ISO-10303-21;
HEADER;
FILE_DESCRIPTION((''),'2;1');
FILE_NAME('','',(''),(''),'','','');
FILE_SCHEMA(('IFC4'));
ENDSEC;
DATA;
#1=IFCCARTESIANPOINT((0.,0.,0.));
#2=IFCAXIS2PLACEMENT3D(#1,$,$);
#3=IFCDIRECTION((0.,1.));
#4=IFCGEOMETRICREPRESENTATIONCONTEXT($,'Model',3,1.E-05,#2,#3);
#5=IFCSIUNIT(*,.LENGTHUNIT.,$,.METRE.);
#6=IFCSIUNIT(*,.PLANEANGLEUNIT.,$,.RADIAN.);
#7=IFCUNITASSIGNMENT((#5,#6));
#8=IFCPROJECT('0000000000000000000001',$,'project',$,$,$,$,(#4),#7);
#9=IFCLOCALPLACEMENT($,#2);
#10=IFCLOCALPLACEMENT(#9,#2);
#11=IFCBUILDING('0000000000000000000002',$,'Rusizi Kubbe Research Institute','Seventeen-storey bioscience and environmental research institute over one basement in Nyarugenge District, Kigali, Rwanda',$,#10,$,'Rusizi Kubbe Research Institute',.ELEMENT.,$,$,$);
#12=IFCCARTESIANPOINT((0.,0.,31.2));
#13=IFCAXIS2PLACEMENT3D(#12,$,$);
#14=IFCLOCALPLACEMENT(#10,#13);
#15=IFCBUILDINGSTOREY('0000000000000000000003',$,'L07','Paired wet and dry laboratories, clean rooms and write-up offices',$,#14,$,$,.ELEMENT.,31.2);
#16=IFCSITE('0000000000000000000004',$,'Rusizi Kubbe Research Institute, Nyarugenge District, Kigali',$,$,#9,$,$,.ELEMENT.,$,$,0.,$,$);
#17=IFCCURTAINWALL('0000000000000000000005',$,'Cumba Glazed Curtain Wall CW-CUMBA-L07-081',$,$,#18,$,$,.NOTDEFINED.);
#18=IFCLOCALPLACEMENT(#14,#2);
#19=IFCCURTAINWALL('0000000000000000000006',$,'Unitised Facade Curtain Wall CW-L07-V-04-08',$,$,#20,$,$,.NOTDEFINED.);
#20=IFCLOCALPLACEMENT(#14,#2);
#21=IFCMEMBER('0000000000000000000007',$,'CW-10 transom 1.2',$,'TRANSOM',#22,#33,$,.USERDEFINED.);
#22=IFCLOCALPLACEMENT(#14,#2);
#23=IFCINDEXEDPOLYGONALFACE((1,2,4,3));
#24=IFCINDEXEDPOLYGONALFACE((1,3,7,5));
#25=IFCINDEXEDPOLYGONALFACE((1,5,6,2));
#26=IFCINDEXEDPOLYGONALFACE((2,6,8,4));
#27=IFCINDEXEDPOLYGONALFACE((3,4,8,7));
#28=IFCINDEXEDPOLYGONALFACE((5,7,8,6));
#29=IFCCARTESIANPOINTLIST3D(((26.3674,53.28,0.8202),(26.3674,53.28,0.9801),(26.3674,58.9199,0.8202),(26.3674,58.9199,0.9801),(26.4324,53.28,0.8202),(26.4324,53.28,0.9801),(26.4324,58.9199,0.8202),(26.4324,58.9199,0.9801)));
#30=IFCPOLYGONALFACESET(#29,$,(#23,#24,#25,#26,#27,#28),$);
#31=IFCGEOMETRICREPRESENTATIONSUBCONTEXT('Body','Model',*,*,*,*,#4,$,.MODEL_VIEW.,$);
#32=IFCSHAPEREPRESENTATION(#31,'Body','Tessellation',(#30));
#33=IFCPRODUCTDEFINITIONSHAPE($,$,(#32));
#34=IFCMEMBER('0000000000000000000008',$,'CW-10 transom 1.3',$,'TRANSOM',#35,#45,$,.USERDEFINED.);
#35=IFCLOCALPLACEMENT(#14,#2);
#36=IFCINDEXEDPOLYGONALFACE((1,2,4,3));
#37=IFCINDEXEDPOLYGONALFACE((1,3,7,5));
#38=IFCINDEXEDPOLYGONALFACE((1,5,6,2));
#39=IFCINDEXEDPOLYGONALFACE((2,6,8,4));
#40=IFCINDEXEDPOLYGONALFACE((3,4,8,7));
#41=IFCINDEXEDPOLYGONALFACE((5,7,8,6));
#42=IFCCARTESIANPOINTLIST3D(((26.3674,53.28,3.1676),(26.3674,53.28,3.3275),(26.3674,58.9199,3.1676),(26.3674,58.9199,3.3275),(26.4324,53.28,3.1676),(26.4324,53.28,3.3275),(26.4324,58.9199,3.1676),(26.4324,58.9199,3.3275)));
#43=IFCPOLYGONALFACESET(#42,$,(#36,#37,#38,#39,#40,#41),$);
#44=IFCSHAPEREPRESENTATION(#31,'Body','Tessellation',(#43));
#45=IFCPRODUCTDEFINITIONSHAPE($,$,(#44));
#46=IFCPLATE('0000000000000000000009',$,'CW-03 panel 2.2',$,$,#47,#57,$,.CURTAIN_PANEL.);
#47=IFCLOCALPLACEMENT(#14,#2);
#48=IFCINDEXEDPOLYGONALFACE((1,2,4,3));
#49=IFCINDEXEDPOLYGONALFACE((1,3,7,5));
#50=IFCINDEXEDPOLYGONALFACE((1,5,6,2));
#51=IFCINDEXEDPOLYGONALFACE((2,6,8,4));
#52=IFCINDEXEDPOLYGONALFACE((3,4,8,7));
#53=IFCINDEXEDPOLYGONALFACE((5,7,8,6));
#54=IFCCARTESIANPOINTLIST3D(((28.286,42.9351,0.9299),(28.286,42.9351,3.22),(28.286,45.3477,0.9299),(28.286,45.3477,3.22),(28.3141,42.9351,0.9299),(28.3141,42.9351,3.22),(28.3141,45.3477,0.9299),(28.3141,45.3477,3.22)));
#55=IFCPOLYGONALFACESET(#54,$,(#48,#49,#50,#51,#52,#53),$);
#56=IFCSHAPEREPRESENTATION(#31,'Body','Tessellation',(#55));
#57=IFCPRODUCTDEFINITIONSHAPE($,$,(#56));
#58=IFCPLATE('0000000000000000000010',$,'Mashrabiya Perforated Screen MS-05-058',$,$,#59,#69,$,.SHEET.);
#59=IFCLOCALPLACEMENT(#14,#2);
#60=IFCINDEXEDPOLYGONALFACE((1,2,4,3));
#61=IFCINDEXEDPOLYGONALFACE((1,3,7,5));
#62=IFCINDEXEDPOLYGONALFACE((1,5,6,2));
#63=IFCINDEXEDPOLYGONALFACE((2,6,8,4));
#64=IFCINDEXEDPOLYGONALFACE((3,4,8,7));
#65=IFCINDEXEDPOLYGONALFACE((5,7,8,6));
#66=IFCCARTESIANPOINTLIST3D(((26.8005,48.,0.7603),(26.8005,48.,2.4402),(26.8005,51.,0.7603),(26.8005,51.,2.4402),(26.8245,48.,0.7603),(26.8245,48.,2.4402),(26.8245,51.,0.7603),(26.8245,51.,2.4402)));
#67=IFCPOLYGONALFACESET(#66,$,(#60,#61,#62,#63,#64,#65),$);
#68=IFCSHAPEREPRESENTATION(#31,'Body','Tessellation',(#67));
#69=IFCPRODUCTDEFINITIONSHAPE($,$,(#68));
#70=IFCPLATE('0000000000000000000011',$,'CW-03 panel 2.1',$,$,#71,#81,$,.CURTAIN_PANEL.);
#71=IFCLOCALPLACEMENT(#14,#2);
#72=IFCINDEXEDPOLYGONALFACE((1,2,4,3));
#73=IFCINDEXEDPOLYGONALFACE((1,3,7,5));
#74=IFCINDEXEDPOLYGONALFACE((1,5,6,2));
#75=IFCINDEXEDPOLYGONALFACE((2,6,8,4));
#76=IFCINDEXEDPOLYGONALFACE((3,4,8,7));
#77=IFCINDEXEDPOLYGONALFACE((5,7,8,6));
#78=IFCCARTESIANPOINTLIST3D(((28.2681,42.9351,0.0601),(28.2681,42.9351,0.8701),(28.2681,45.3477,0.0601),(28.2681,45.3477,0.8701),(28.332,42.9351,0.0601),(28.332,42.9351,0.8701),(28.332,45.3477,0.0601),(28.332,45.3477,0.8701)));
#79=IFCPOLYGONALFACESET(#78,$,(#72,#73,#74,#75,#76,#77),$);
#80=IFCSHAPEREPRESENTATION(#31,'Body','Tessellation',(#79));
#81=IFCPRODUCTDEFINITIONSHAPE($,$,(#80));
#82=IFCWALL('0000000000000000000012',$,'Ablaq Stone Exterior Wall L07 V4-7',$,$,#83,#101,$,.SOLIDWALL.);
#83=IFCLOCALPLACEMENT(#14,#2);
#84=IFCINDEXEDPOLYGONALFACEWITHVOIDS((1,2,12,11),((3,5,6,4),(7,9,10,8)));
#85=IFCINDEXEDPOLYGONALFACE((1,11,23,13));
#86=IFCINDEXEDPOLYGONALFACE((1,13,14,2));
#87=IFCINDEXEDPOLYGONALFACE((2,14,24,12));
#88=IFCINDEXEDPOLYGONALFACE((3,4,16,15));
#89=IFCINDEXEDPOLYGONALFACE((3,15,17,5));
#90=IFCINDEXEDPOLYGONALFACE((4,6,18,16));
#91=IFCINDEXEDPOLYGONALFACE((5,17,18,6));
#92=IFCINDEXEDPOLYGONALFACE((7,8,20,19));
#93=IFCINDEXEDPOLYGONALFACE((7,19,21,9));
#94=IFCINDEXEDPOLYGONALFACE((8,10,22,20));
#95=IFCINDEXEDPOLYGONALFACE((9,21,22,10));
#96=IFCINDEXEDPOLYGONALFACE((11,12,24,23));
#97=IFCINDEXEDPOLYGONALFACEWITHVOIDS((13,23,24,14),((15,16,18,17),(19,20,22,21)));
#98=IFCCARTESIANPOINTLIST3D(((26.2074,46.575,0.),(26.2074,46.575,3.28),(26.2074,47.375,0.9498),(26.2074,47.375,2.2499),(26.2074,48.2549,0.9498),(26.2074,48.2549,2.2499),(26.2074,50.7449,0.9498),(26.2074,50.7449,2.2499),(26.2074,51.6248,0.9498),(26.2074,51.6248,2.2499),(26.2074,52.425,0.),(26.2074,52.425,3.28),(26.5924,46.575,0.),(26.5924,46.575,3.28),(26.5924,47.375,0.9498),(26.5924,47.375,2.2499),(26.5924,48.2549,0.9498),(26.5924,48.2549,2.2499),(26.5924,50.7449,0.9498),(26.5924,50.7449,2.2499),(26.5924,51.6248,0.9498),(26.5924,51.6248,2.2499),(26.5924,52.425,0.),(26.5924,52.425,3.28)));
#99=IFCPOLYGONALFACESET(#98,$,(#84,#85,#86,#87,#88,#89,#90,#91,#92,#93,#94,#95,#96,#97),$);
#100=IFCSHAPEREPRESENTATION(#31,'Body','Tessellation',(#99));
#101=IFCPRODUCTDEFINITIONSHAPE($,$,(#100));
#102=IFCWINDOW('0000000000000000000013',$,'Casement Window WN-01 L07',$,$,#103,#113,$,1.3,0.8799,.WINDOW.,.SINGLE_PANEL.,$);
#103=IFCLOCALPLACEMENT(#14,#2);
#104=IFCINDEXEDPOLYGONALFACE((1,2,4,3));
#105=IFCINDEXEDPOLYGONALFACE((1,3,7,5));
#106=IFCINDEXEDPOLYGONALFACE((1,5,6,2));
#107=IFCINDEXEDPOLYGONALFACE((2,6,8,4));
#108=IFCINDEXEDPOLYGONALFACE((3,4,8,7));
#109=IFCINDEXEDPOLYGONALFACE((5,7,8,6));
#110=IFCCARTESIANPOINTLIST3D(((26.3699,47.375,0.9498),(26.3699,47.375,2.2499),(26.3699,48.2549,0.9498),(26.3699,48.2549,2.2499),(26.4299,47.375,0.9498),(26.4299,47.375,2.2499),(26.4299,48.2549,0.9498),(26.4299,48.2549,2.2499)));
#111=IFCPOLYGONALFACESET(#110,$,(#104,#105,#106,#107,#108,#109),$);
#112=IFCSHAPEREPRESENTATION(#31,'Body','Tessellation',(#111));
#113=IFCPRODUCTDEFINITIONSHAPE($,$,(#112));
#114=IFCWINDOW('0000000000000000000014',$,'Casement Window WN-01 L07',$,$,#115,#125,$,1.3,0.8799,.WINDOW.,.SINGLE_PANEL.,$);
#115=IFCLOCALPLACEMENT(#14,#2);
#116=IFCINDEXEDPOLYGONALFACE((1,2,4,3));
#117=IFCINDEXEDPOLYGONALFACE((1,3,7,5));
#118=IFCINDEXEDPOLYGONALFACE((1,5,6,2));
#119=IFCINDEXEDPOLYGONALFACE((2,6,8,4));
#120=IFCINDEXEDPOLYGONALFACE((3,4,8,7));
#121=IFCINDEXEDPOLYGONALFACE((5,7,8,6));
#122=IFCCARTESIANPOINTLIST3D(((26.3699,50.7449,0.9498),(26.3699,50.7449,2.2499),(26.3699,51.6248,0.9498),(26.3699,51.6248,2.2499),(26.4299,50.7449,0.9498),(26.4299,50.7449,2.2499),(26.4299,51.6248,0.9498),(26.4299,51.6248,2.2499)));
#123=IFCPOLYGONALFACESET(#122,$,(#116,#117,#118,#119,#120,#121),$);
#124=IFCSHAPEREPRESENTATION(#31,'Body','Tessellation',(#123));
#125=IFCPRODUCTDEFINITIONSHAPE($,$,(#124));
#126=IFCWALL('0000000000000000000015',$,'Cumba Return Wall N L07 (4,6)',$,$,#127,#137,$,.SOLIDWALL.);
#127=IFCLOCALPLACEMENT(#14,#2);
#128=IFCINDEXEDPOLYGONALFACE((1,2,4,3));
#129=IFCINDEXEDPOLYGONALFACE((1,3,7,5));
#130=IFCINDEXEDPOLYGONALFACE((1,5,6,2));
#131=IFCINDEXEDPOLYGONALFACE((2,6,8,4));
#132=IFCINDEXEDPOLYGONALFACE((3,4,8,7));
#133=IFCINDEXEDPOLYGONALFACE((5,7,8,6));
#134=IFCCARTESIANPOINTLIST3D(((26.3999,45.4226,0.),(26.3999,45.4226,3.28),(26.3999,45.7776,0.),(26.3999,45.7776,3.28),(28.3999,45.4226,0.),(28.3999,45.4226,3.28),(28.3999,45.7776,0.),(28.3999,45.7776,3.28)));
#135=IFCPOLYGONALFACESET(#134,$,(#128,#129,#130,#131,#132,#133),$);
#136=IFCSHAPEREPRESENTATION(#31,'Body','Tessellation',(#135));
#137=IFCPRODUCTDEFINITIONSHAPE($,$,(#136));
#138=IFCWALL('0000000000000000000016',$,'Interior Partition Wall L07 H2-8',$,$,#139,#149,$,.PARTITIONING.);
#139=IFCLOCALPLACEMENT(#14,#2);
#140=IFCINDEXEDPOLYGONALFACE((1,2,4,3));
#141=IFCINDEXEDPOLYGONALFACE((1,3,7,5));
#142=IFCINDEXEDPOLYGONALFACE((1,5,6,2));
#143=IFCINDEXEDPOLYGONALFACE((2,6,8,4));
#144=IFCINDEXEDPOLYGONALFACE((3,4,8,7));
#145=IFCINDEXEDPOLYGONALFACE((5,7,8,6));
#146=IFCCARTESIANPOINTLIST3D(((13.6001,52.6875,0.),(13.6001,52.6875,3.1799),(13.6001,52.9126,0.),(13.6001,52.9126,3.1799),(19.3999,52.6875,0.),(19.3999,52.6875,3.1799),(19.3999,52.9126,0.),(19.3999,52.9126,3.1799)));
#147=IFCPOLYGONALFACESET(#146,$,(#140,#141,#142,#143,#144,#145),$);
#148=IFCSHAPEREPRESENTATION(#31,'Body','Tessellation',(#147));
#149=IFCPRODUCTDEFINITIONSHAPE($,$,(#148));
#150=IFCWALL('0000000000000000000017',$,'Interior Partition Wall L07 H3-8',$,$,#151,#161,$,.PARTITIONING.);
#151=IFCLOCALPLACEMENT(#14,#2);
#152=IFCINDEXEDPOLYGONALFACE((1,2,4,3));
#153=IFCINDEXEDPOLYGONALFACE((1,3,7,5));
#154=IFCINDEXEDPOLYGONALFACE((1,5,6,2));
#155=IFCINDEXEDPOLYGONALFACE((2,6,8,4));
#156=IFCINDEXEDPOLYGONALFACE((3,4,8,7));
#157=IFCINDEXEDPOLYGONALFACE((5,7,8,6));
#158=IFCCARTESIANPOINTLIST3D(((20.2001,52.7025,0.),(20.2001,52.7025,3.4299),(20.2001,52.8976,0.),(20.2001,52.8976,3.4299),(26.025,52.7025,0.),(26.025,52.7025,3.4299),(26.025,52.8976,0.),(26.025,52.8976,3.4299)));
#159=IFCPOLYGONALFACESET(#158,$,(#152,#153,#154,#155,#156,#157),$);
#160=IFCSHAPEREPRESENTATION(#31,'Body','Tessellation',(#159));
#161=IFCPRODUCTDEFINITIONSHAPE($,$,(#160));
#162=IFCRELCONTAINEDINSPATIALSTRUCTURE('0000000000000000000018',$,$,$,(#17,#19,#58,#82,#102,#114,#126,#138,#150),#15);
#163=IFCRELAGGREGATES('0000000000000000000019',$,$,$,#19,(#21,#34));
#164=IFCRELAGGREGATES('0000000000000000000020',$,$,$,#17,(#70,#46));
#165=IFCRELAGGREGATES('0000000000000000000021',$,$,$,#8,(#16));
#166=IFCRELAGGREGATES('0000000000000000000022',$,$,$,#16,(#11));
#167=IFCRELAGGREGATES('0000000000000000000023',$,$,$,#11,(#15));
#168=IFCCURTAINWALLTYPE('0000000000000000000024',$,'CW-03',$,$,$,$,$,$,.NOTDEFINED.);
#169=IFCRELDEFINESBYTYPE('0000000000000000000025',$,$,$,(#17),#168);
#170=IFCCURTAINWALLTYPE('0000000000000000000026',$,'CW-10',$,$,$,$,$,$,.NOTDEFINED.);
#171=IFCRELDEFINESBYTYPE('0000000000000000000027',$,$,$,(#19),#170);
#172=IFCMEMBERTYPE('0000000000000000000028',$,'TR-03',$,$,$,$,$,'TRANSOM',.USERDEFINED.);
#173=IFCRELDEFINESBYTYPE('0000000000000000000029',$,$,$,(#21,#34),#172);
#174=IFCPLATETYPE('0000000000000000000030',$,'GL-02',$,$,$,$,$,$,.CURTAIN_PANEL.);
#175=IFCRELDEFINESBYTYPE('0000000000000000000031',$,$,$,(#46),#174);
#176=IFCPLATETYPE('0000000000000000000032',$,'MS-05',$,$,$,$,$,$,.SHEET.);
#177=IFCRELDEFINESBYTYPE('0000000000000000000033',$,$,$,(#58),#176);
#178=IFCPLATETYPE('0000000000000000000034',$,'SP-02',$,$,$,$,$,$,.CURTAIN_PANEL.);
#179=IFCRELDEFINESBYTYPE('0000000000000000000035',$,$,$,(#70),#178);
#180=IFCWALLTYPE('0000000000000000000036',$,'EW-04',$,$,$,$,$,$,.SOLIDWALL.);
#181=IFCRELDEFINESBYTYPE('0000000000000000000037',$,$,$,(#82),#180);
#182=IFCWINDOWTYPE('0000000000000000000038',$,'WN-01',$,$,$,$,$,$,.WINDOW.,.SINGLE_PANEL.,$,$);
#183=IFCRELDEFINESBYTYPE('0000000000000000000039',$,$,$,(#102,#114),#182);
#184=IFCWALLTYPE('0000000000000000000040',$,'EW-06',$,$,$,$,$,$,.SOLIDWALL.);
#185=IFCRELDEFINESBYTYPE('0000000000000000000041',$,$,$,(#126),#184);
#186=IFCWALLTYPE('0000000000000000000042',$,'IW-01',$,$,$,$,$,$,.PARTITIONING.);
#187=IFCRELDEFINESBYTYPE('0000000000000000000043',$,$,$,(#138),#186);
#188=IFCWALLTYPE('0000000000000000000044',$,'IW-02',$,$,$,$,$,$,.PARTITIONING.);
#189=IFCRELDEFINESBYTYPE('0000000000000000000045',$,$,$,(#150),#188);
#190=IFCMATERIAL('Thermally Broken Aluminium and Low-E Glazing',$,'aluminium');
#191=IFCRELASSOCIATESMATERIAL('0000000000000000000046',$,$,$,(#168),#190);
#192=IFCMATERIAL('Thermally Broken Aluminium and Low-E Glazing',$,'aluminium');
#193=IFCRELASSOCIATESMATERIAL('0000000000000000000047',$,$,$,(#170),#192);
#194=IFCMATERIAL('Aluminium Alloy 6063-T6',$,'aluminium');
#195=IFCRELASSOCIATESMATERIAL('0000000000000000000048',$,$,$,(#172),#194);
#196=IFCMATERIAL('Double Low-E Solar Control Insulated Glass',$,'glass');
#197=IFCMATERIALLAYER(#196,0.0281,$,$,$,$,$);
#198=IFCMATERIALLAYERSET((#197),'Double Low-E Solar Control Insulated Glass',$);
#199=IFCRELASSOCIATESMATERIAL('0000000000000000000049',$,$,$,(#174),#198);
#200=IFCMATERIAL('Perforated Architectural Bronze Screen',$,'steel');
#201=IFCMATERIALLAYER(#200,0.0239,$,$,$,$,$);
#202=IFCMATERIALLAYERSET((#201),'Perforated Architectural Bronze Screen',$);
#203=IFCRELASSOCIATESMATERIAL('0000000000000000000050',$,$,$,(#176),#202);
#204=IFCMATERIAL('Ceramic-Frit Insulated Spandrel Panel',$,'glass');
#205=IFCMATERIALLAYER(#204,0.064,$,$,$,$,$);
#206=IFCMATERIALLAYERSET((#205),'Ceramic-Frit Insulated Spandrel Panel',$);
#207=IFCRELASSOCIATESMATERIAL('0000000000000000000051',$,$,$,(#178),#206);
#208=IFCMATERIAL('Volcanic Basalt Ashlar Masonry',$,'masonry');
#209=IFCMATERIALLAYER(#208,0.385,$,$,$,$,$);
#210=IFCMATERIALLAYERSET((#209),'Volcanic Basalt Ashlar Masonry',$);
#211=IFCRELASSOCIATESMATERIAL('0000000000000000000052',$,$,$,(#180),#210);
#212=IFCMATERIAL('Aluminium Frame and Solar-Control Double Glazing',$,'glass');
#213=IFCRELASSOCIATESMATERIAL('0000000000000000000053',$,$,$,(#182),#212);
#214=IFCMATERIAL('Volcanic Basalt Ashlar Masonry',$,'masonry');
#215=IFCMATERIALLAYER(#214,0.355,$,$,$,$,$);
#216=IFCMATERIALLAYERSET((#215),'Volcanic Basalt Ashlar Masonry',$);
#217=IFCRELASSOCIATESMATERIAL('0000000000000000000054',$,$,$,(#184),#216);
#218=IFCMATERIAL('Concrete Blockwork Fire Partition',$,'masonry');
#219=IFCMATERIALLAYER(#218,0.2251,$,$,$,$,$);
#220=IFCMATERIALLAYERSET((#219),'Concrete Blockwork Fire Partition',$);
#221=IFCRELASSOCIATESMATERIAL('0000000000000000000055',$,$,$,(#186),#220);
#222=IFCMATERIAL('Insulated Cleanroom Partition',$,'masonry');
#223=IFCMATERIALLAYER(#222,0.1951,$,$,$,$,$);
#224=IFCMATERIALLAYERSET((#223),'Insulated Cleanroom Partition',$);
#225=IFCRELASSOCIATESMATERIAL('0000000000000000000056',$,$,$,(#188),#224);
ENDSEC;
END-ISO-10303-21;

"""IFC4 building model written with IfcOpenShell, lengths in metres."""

from ifc_helpers import new_model, si_unit, direction, frame, frame_2d, origin, origin_2d, place, context, subcontext, project, spatial, rectangle, extrude, material, layer, layer_set, material_profile, profile_set, type_object, element, fill, aggregate, save


model = new_model("IFC4")

# Units and contexts
model_context = context("Model", 3, precision=1e-05, world=origin(), true_north=direction((0.0, 1.0)))
body_context = subcontext(model_context, "Body", "Model", "MODEL_VIEW")
ifc_project = project(units=[si_unit("LENGTHUNIT", "METRE"), si_unit("PLANEANGLEUNIT", "RADIAN")], contexts=[model_context])

# Site, building, storey
site_placement = place(None, origin())
site = spatial("IfcSite", under=ifc_project, at=site_placement, Name="Rusizi Kubbe Research Institute, Nyarugenge District, Kigali", CompositionType="ELEMENT", RefElevation=0.0)
building_placement = place(site_placement, origin())
building = spatial("IfcBuilding", under=site, at=building_placement, Name="Rusizi Kubbe Research Institute", Description="Seventeen-storey bioscience and environmental research institute over one basement in Nyarugenge District, Kigali, Rwanda", LongName="Rusizi Kubbe Research Institute", CompositionType="ELEMENT")
storey_placement = place(building_placement, frame((0.0, 0.0, 31.2)))
storey = spatial("IfcBuildingStorey", under=building, at=storey_placement, Name="L07", Description="Paired wet and dry laboratories, clean rooms and write-up offices", CompositionType="ELEMENT", Elevation=31.2)

# Curtain walls
ifc_material_1 = material(Name="Thermally Broken Aluminium and Low-E Glazing", Category="aluminium")
curtain_wall_type_1 = type_object("IfcCurtainWallType", Name="CW-03", PredefinedType="NOTDEFINED", material=ifc_material_1)
curtain_wall_1_placement = place(storey_placement, origin())
curtain_wall_1 = element("IfcCurtainWall", 1, at=curtain_wall_1_placement, inside=storey, type_object=curtain_wall_type_1, Name="Cumba Glazed Curtain Wall CW-CUMBA-L07-081", PredefinedType="NOTDEFINED")
ifc_material_2 = material(Name="Thermally Broken Aluminium and Low-E Glazing", Category="aluminium")
curtain_wall_type_2 = type_object("IfcCurtainWallType", Name="CW-10", PredefinedType="NOTDEFINED", material=ifc_material_2)
curtain_wall_2_placement = place(storey_placement, origin())
curtain_wall_2 = element("IfcCurtainWall", 2, at=curtain_wall_2_placement, inside=storey, type_object=curtain_wall_type_2, Name="Unitised Facade Curtain Wall CW-L07-V-04-08", PredefinedType="NOTDEFINED")

# Members
ifc_material_3 = material(Name="Aluminium Alloy 6063-T6", Category="aluminium")
ifc_material_profile_1 = material_profile(ifc_material_3, rectangle(XDim=0.0649, YDim=0.1599, at=origin_2d()), Name="ALU-T 65x160")
ifc_profile_set_1 = profile_set([ifc_material_profile_1], Name="Aluminium Alloy 6063-T6")
member_type_1 = type_object("IfcMemberType", Name="TR-03", ElementType="TRANSOM", PredefinedType="USERDEFINED", material=ifc_profile_set_1)
member_1_placement = place(storey_placement, frame((26.3999, 53.28, 0.9001), z_axis=(0.0, 1.0, 0.0), x_axis=(-1.0, 0.0, 0.0)))
member_1 = element("IfcMember", 3, at=member_1_placement, type_object=member_type_1, Name="CW-10 transom 1.2", ObjectType="TRANSOM", PredefinedType="USERDEFINED", context=body_context, shape_type="SweptSolid", body=[
    extrude(rectangle(XDim=0.0649, YDim=0.1599, at=origin_2d()), origin(), (0.0, 0.0, 1.0), 5.6399),
])
member_2_placement = place(storey_placement, frame((26.3999, 53.28, 3.2476), z_axis=(0.0, 1.0, 0.0), x_axis=(-1.0, 0.0, 0.0)))
member_2 = element("IfcMember", 4, at=member_2_placement, type_object=member_type_1, Name="CW-10 transom 1.3", ObjectType="TRANSOM", PredefinedType="USERDEFINED", context=body_context, shape_type="SweptSolid", body=[
    extrude(rectangle(XDim=0.0649, YDim=0.1599, at=origin_2d()), origin(), (0.0, 0.0, 1.0), 5.6399),
])
aggregate(curtain_wall_2, [member_1, member_2])

# Plates
ifc_material_4 = material(Name="Double Low-E Solar Control Insulated Glass", Category="glass")
ifc_layer_1 = layer(ifc_material_4, 0.0281)
ifc_layer_set_1 = layer_set([ifc_layer_1], Name="Double Low-E Solar Control Insulated Glass")
plate_type_1 = type_object("IfcPlateType", Name="GL-02", PredefinedType="CURTAIN_PANEL", material=ifc_layer_set_1)
plate_1_placement = place(storey_placement, frame((28.3, 44.1414, 0.9299), z_axis=(0.0, 0.0, 1.0), x_axis=(0.0, 1.0, 0.0)))
plate_1 = element("IfcPlate", 5, at=plate_1_placement, type_object=plate_type_1, Name="CW-03 panel 2.2", PredefinedType="CURTAIN_PANEL", context=body_context, shape_type="SweptSolid", body=[
    extrude(rectangle(XDim=2.4126, YDim=0.0281, at=origin_2d()), origin(), (0.0, 0.0, 1.0), 2.29),
])
ifc_material_5 = material(Name="Perforated Architectural Bronze Screen", Category="steel")
ifc_layer_2 = layer(ifc_material_5, 0.0239)
ifc_layer_set_2 = layer_set([ifc_layer_2], Name="Perforated Architectural Bronze Screen")
plate_type_2 = type_object("IfcPlateType", Name="MS-05", PredefinedType="SHEET", material=ifc_layer_set_2)
plate_2_placement = place(storey_placement, frame((26.8125, 49.5, 0.7603), z_axis=(0.0, 0.0, 1.0), x_axis=(0.0, 1.0, 0.0)))
element("IfcPlate", 6, at=plate_2_placement, inside=storey, type_object=plate_type_2, Name="Mashrabiya Perforated Screen MS-05-058", PredefinedType="SHEET", context=body_context, shape_type="SweptSolid", body=[
    extrude(rectangle(XDim=3.0, YDim=0.0239, at=origin_2d()), origin(), (0.0, 0.0, 1.0), 1.6799),
])
ifc_material_6 = material(Name="Ceramic-Frit Insulated Spandrel Panel", Category="glass")
ifc_layer_3 = layer(ifc_material_6, 0.064)
ifc_layer_set_3 = layer_set([ifc_layer_3], Name="Ceramic-Frit Insulated Spandrel Panel")
plate_type_3 = type_object("IfcPlateType", Name="SP-02", PredefinedType="CURTAIN_PANEL", material=ifc_layer_set_3)
plate_3_placement = place(storey_placement, frame((28.3, 44.1414, 0.0601), z_axis=(0.0, 0.0, 1.0), x_axis=(0.0, 1.0, 0.0)))
plate_3 = element("IfcPlate", 7, at=plate_3_placement, type_object=plate_type_3, Name="CW-03 panel 2.1", PredefinedType="CURTAIN_PANEL", context=body_context, shape_type="SweptSolid", body=[
    extrude(rectangle(XDim=2.4126, YDim=0.064, at=origin_2d()), origin(), (0.0, 0.0, 1.0), 0.8101),
])
aggregate(curtain_wall_1, [plate_3, plate_1])

# Wall, openings, windows
ifc_material_7 = material(Name="Volcanic Basalt Ashlar Masonry", Category="masonry")
ifc_layer_4 = layer(ifc_material_7, 0.385)
ifc_layer_set_4 = layer_set([ifc_layer_4], Name="Volcanic Basalt Ashlar Masonry")
wall_type_1 = type_object("IfcWallType", Name="EW-04", PredefinedType="SOLIDWALL", material=ifc_layer_set_4)
wall_1_placement = place(storey_placement, frame((26.3999, 46.575, 0.0), z_axis=(0.0, 0.0, 1.0), x_axis=(0.0, 1.0, 0.0)))
wall_1 = element("IfcWall", 8, at=wall_1_placement, inside=storey, type_object=wall_type_1, Name="Ablaq Stone Exterior Wall L07 V4-7", PredefinedType="SOLIDWALL", context=body_context, shape_type="SweptSolid", body=[
    extrude(rectangle(XDim=5.8501, YDim=0.385, at=frame_2d((2.925, 0.0))), origin(), (0.0, 0.0, 1.0), 3.28),
])
opening_1_placement = place(wall_1_placement, frame((0.8, 0.0, 0.95)))
opening_1 = element("IfcOpeningElement", 9, at=opening_1_placement, cuts=wall_1, PredefinedType="OPENING", context=body_context, shape_type="SweptSolid", body=[
    extrude(rectangle(XDim=0.8799, YDim=1.3, at=frame_2d((0.4399, 0.6499))), frame((0.0, 0.2024, 0.0), z_axis=(0.0, -1.0, 0.0), x_axis=(1.0, 0.0, 0.0)), (0.0, 0.0, 1.0), 0.405),
])
opening_2_placement = place(wall_1_placement, frame((4.1699, 0.0, 0.95)))
opening_2 = element("IfcOpeningElement", 10, at=opening_2_placement, cuts=wall_1, PredefinedType="OPENING", context=body_context, shape_type="SweptSolid", body=[
    extrude(rectangle(XDim=0.8799, YDim=1.3, at=frame_2d((0.4399, 0.6499))), frame((0.0, 0.2024, 0.0), z_axis=(0.0, -1.0, 0.0), x_axis=(1.0, 0.0, 0.0)), (0.0, 0.0, 1.0), 0.405),
])
ifc_material_8 = material(Name="Aluminium Frame and Solar-Control Double Glazing", Category="glass")
window_type = type_object("IfcWindowType", Name="WN-01", PartitioningType="SINGLE_PANEL", PredefinedType="WINDOW", material=ifc_material_8)
window_1_placement = place(opening_1_placement, origin())
window_1 = element("IfcWindow", 11, at=window_1_placement, inside=storey, type_object=window_type, Name="Casement Window WN-01 L07", OverallHeight=1.3, OverallWidth=0.8799, PartitioningType="SINGLE_PANEL", PredefinedType="WINDOW", context=body_context, shape_type="SweptSolid", body=[
    extrude(rectangle(XDim=0.8799, YDim=1.3, at=frame_2d((0.4399, 0.6499))), frame((0.0, 0.03, 0.0), z_axis=(0.0, -1.0, 0.0), x_axis=(1.0, 0.0, 0.0)), (0.0, 0.0, 1.0), 0.0601),
])
fill(opening_1, window_1)
window_2_placement = place(opening_2_placement, origin())
window_2 = element("IfcWindow", 12, at=window_2_placement, inside=storey, type_object=window_type, Name="Casement Window WN-01 L07", OverallHeight=1.3, OverallWidth=0.8799, PartitioningType="SINGLE_PANEL", PredefinedType="WINDOW", context=body_context, shape_type="SweptSolid", body=[
    extrude(rectangle(XDim=0.8799, YDim=1.3, at=frame_2d((0.4399, 0.6499))), frame((0.0, 0.03, 0.0), z_axis=(0.0, -1.0, 0.0), x_axis=(1.0, 0.0, 0.0)), (0.0, 0.0, 1.0), 0.0601),
])
fill(opening_2, window_2)

# Walls
ifc_material_9 = material(Name="Volcanic Basalt Ashlar Masonry", Category="masonry")
ifc_layer_5 = layer(ifc_material_9, 0.355)
ifc_layer_set_5 = layer_set([ifc_layer_5], Name="Volcanic Basalt Ashlar Masonry")
wall_type_2 = type_object("IfcWallType", Name="EW-06", PredefinedType="SOLIDWALL", material=ifc_layer_set_5)
wall_2_placement = place(storey_placement, frame((26.3999, 45.6001, 0.0), z_axis=(0.0, 0.0, 1.0), x_axis=(1.0, 0.0, 0.0)))
element("IfcWall", 13, at=wall_2_placement, inside=storey, type_object=wall_type_2, Name="Cumba Return Wall N L07 (4,6)", PredefinedType="SOLIDWALL", context=body_context, shape_type="SweptSolid", body=[
    extrude(rectangle(XDim=2.0, YDim=0.355, at=frame_2d((1.0, 0.0))), origin(), (0.0, 0.0, 1.0), 3.28),
])
ifc_material_10 = material(Name="Concrete Blockwork Fire Partition", Category="masonry")
ifc_layer_6 = layer(ifc_material_10, 0.2251)
ifc_layer_set_6 = layer_set([ifc_layer_6], Name="Concrete Blockwork Fire Partition")
wall_type_3 = type_object("IfcWallType", Name="IW-01", PredefinedType="PARTITIONING", material=ifc_layer_set_6)
wall_3_placement = place(storey_placement, frame((13.6001, 52.8, 0.0), z_axis=(0.0, 0.0, 1.0), x_axis=(1.0, 0.0, 0.0)))
element("IfcWall", 14, at=wall_3_placement, inside=storey, type_object=wall_type_3, Name="Interior Partition Wall L07 H2-8", PredefinedType="PARTITIONING", context=body_context, shape_type="SweptSolid", body=[
    extrude(rectangle(XDim=5.7998, YDim=0.2251, at=frame_2d((2.8999, 0.0))), origin(), (0.0, 0.0, 1.0), 3.1799),
])
ifc_material_11 = material(Name="Insulated Cleanroom Partition", Category="masonry")
ifc_layer_7 = layer(ifc_material_11, 0.1951)
ifc_layer_set_7 = layer_set([ifc_layer_7], Name="Insulated Cleanroom Partition")
wall_type_4 = type_object("IfcWallType", Name="IW-02", PredefinedType="PARTITIONING", material=ifc_layer_set_7)
wall_4_placement = place(storey_placement, frame((20.2, 52.8, 0.0), z_axis=(0.0, 0.0, 1.0), x_axis=(1.0, 0.0, 0.0)))
element("IfcWall", 15, at=wall_4_placement, inside=storey, type_object=wall_type_4, Name="Interior Partition Wall L07 H3-8", PredefinedType="PARTITIONING", context=body_context, shape_type="SweptSolid", body=[
    extrude(rectangle(XDim=5.825, YDim=0.1951, at=frame_2d((2.9126, 0.0))), origin(), (0.0, 0.0, 1.0), 3.4299),
])

save(model, "model.ifc")
